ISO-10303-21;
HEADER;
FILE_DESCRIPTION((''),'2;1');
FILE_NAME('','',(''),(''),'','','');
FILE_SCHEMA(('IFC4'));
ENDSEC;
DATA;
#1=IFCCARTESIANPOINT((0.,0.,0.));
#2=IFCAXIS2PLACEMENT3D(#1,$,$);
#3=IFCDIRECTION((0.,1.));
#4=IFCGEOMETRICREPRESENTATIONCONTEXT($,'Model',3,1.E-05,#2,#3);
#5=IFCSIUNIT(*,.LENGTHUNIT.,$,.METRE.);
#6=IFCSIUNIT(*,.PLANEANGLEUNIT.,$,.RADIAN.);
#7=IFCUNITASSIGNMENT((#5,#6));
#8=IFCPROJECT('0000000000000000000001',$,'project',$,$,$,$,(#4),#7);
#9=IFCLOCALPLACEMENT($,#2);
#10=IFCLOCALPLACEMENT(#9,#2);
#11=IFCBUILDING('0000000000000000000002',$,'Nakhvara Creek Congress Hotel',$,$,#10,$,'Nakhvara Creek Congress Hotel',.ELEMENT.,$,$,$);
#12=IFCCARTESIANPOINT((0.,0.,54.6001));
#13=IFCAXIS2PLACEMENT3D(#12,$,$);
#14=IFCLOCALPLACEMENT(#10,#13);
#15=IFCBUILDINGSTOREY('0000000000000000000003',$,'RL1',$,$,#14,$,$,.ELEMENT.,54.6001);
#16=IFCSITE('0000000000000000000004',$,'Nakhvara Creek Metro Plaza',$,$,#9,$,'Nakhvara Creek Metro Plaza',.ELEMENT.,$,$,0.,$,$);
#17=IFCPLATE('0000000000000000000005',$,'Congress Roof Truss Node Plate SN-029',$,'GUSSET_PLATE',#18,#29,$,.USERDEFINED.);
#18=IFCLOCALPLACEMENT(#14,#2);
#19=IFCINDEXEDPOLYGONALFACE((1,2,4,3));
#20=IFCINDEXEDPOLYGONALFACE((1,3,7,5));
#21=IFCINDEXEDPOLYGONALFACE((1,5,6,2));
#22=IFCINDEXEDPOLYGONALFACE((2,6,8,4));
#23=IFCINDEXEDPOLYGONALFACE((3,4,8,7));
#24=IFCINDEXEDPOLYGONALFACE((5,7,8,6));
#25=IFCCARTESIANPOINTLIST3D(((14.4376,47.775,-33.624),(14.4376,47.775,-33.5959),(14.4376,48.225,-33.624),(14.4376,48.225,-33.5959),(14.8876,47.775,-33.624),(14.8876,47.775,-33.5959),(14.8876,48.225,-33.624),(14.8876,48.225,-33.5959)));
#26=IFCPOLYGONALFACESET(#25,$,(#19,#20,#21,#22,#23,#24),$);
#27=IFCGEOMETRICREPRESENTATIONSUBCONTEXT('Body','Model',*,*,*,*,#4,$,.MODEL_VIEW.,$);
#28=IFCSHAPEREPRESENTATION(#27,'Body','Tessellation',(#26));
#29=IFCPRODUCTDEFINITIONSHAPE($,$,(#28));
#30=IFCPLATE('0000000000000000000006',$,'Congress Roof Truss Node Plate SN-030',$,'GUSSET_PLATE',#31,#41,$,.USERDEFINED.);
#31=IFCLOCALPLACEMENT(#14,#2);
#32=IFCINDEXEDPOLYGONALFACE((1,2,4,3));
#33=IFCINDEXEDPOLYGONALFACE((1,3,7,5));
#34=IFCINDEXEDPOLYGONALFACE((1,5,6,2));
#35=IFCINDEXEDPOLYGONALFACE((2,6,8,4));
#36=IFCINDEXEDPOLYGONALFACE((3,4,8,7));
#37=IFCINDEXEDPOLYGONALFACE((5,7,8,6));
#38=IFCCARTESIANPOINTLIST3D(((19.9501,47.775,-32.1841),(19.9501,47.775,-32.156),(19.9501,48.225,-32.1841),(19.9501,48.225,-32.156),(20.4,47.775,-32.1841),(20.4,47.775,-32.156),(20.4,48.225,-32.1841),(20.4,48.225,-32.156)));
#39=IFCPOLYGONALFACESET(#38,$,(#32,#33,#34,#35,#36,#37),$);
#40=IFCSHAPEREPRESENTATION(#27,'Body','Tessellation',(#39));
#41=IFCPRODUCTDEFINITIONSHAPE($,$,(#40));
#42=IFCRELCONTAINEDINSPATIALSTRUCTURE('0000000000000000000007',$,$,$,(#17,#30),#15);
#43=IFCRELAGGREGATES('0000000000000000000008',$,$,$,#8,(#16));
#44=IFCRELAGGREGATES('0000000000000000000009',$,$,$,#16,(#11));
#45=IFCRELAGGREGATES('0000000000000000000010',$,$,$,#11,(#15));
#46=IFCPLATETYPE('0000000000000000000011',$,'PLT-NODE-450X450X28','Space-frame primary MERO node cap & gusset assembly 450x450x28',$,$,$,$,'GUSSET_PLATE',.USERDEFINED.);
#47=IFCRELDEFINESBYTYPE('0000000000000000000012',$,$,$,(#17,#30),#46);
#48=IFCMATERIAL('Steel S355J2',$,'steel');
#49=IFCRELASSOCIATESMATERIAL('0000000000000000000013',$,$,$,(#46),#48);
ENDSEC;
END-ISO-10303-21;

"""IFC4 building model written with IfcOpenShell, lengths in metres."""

from ifc_helpers import new_model, si_unit, direction, frame, origin, origin_2d, place, context, subcontext, project, spatial, rectangle, extrude, material, type_object, element, save


model = new_model("IFC4")

# Units and contexts
model_context = context("Model", 3, precision=1e-05, world=origin(), true_north=direction((0.0, 1.0)))
body_context = subcontext(model_context, "Body", "Model", "MODEL_VIEW")
ifc_project = project(units=[si_unit("LENGTHUNIT", "METRE"), si_unit("PLANEANGLEUNIT", "RADIAN")], contexts=[model_context])

# Site, building, storey
site_placement = place(None, origin())
site = spatial("IfcSite", under=ifc_project, at=site_placement, Name="Nakhvara Creek Metro Plaza", LongName="Nakhvara Creek Metro Plaza", CompositionType="ELEMENT", RefElevation=0.0)
building_placement = place(site_placement, origin())
building = spatial("IfcBuilding", under=site, at=building_placement, Name="Nakhvara Creek Congress Hotel", LongName="Nakhvara Creek Congress Hotel", CompositionType="ELEMENT")
storey_placement = place(building_placement, frame((0.0, 0.0, 54.6001)))
storey = spatial("IfcBuildingStorey", under=building, at=storey_placement, Name="RL1", CompositionType="ELEMENT", Elevation=54.6001)

# Plates
ifc_material_1 = material(Name="Steel S355J2", Category="steel")
plate_type_1 = type_object("IfcPlateType", Name="PLT-NODE-450X450X28", Description="Space-frame primary MERO node cap & gusset assembly 450x450x28", ElementType="GUSSET_PLATE", PredefinedType="USERDEFINED", material=ifc_material_1)
for number, where, z_axis, x_axis, name in (
    (1, (14.6626, 48.0, -33.624), (0.0, 0.0, 1.0), (1.0, 0.0, 0.0), "Congress Roof Truss Node Plate SN-029"),
    (2, (20.175, 48.0, -32.1841), (0.0, 0.0, 1.0), (1.0, 0.0, 0.0), "Congress Roof Truss Node Plate SN-030"),
):
    element("IfcPlate", number, at=place(storey_placement, frame(where, z_axis=z_axis, x_axis=x_axis)), inside=storey, type_object=plate_type_1, Name=name, ObjectType="GUSSET_PLATE", PredefinedType="USERDEFINED", context=body_context, shape_type="SweptSolid", body=[
        extrude(rectangle(XDim=0.45, YDim=0.45, at=origin_2d()), origin(), (0.0, 0.0, 1.0), 0.0281),
    ])

save(model, "model.ifc")
